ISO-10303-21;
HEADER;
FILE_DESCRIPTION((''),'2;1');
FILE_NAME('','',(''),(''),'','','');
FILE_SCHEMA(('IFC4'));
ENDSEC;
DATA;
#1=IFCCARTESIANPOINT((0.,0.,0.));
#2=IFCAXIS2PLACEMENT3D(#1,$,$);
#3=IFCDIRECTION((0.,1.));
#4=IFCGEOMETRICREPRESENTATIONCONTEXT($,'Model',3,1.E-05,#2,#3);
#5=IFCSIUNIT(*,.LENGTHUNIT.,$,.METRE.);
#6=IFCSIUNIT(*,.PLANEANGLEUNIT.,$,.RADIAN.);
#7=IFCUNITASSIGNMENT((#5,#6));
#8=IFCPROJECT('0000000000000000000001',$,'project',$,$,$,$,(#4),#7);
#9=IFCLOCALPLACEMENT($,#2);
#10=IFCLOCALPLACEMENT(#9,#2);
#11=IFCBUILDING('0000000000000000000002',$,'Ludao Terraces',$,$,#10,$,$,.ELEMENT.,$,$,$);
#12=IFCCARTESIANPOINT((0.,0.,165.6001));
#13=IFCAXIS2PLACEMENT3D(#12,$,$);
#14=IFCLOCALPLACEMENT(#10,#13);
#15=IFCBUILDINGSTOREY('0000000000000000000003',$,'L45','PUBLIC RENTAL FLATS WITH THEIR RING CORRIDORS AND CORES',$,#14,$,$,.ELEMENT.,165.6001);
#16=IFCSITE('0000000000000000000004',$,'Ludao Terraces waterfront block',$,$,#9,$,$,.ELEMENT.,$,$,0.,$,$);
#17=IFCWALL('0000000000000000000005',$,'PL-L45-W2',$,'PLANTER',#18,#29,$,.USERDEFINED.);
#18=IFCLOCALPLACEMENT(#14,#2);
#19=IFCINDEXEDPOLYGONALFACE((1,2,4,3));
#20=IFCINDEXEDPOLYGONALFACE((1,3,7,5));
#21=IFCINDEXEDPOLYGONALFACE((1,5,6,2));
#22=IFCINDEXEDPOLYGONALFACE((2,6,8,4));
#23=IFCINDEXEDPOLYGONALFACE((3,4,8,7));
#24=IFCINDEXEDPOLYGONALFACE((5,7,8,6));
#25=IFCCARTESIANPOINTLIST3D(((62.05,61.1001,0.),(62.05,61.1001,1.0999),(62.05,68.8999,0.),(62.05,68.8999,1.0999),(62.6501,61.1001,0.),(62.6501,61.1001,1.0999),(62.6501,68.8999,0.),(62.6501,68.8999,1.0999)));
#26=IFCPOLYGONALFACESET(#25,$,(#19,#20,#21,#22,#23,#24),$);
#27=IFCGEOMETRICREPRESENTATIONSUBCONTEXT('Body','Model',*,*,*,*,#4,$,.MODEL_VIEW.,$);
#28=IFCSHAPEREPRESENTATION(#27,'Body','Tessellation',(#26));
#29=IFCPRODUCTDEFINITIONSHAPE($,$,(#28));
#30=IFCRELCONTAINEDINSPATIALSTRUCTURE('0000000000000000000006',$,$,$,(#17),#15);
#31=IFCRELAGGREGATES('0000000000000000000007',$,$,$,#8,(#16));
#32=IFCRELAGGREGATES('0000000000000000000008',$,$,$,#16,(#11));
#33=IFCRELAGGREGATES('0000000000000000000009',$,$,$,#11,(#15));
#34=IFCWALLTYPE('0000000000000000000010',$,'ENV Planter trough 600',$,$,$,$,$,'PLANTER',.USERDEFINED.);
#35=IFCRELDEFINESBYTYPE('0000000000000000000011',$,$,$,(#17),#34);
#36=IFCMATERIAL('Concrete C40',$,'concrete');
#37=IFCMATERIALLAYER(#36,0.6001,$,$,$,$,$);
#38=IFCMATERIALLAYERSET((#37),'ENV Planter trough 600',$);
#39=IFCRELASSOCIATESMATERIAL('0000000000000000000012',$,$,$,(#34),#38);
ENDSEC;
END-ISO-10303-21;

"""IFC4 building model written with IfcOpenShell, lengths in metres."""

from ifc_helpers import new_model, si_unit, direction, frame, frame_2d, origin, place, context, subcontext, project, spatial, rectangle, extrude, material, layer, layer_set, type_object, element, save


model = new_model("IFC4")

# Units and contexts
model_context = context("Model", 3, precision=1e-05, world=origin(), true_north=direction((0.0, 1.0)))
body_context = subcontext(model_context, "Body", "Model", "MODEL_VIEW")
ifc_project = project(units=[si_unit("LENGTHUNIT", "METRE"), si_unit("PLANEANGLEUNIT", "RADIAN")], contexts=[model_context])

# Site, building, storey
site_placement = place(None, origin())
site = spatial("IfcSite", under=ifc_project, at=site_placement, Name="Ludao Terraces waterfront block", CompositionType="ELEMENT", RefElevation=0.0)
building_placement = place(site_placement, origin())
building = spatial("IfcBuilding", under=site, at=building_placement, Name="Ludao Terraces", CompositionType="ELEMENT")
storey_placement = place(building_placement, frame((0.0, 0.0, 165.6001)))
storey = spatial("IfcBuildingStorey", under=building, at=storey_placement, Name="L45", Description="PUBLIC RENTAL FLATS WITH THEIR RING CORRIDORS AND CORES", CompositionType="ELEMENT", Elevation=165.6001)

# Shared definitions
ifc_material_1 = material(Name="Concrete C40", Category="concrete")

# Wall
ifc_layer_1 = layer(ifc_material_1, 0.6001)
ifc_layer_set_1 = layer_set([ifc_layer_1], Name="ENV Planter trough 600")
wall_type = type_object("IfcWallType", Name="ENV Planter trough 600", ElementType="PLANTER", PredefinedType="USERDEFINED", material=ifc_layer_set_1)
wall_1_placement = place(storey_placement, frame((62.3501, 61.1001, 0.0), z_axis=(0.0, 0.0, 1.0), x_axis=(0.0, 1.0, 0.0)))
element("IfcWall", 1, at=wall_1_placement, inside=storey, type_object=wall_type, Name="PL-L45-W2", ObjectType="PLANTER", PredefinedType="USERDEFINED", context=body_context, shape_type="SweptSolid", body=[
    extrude(rectangle(XDim=7.7998, YDim=0.6001, at=frame_2d((3.8999, 0.0))), origin(), (0.0, 0.0, 1.0), 1.0999),
])

save(model, "model.ifc")
